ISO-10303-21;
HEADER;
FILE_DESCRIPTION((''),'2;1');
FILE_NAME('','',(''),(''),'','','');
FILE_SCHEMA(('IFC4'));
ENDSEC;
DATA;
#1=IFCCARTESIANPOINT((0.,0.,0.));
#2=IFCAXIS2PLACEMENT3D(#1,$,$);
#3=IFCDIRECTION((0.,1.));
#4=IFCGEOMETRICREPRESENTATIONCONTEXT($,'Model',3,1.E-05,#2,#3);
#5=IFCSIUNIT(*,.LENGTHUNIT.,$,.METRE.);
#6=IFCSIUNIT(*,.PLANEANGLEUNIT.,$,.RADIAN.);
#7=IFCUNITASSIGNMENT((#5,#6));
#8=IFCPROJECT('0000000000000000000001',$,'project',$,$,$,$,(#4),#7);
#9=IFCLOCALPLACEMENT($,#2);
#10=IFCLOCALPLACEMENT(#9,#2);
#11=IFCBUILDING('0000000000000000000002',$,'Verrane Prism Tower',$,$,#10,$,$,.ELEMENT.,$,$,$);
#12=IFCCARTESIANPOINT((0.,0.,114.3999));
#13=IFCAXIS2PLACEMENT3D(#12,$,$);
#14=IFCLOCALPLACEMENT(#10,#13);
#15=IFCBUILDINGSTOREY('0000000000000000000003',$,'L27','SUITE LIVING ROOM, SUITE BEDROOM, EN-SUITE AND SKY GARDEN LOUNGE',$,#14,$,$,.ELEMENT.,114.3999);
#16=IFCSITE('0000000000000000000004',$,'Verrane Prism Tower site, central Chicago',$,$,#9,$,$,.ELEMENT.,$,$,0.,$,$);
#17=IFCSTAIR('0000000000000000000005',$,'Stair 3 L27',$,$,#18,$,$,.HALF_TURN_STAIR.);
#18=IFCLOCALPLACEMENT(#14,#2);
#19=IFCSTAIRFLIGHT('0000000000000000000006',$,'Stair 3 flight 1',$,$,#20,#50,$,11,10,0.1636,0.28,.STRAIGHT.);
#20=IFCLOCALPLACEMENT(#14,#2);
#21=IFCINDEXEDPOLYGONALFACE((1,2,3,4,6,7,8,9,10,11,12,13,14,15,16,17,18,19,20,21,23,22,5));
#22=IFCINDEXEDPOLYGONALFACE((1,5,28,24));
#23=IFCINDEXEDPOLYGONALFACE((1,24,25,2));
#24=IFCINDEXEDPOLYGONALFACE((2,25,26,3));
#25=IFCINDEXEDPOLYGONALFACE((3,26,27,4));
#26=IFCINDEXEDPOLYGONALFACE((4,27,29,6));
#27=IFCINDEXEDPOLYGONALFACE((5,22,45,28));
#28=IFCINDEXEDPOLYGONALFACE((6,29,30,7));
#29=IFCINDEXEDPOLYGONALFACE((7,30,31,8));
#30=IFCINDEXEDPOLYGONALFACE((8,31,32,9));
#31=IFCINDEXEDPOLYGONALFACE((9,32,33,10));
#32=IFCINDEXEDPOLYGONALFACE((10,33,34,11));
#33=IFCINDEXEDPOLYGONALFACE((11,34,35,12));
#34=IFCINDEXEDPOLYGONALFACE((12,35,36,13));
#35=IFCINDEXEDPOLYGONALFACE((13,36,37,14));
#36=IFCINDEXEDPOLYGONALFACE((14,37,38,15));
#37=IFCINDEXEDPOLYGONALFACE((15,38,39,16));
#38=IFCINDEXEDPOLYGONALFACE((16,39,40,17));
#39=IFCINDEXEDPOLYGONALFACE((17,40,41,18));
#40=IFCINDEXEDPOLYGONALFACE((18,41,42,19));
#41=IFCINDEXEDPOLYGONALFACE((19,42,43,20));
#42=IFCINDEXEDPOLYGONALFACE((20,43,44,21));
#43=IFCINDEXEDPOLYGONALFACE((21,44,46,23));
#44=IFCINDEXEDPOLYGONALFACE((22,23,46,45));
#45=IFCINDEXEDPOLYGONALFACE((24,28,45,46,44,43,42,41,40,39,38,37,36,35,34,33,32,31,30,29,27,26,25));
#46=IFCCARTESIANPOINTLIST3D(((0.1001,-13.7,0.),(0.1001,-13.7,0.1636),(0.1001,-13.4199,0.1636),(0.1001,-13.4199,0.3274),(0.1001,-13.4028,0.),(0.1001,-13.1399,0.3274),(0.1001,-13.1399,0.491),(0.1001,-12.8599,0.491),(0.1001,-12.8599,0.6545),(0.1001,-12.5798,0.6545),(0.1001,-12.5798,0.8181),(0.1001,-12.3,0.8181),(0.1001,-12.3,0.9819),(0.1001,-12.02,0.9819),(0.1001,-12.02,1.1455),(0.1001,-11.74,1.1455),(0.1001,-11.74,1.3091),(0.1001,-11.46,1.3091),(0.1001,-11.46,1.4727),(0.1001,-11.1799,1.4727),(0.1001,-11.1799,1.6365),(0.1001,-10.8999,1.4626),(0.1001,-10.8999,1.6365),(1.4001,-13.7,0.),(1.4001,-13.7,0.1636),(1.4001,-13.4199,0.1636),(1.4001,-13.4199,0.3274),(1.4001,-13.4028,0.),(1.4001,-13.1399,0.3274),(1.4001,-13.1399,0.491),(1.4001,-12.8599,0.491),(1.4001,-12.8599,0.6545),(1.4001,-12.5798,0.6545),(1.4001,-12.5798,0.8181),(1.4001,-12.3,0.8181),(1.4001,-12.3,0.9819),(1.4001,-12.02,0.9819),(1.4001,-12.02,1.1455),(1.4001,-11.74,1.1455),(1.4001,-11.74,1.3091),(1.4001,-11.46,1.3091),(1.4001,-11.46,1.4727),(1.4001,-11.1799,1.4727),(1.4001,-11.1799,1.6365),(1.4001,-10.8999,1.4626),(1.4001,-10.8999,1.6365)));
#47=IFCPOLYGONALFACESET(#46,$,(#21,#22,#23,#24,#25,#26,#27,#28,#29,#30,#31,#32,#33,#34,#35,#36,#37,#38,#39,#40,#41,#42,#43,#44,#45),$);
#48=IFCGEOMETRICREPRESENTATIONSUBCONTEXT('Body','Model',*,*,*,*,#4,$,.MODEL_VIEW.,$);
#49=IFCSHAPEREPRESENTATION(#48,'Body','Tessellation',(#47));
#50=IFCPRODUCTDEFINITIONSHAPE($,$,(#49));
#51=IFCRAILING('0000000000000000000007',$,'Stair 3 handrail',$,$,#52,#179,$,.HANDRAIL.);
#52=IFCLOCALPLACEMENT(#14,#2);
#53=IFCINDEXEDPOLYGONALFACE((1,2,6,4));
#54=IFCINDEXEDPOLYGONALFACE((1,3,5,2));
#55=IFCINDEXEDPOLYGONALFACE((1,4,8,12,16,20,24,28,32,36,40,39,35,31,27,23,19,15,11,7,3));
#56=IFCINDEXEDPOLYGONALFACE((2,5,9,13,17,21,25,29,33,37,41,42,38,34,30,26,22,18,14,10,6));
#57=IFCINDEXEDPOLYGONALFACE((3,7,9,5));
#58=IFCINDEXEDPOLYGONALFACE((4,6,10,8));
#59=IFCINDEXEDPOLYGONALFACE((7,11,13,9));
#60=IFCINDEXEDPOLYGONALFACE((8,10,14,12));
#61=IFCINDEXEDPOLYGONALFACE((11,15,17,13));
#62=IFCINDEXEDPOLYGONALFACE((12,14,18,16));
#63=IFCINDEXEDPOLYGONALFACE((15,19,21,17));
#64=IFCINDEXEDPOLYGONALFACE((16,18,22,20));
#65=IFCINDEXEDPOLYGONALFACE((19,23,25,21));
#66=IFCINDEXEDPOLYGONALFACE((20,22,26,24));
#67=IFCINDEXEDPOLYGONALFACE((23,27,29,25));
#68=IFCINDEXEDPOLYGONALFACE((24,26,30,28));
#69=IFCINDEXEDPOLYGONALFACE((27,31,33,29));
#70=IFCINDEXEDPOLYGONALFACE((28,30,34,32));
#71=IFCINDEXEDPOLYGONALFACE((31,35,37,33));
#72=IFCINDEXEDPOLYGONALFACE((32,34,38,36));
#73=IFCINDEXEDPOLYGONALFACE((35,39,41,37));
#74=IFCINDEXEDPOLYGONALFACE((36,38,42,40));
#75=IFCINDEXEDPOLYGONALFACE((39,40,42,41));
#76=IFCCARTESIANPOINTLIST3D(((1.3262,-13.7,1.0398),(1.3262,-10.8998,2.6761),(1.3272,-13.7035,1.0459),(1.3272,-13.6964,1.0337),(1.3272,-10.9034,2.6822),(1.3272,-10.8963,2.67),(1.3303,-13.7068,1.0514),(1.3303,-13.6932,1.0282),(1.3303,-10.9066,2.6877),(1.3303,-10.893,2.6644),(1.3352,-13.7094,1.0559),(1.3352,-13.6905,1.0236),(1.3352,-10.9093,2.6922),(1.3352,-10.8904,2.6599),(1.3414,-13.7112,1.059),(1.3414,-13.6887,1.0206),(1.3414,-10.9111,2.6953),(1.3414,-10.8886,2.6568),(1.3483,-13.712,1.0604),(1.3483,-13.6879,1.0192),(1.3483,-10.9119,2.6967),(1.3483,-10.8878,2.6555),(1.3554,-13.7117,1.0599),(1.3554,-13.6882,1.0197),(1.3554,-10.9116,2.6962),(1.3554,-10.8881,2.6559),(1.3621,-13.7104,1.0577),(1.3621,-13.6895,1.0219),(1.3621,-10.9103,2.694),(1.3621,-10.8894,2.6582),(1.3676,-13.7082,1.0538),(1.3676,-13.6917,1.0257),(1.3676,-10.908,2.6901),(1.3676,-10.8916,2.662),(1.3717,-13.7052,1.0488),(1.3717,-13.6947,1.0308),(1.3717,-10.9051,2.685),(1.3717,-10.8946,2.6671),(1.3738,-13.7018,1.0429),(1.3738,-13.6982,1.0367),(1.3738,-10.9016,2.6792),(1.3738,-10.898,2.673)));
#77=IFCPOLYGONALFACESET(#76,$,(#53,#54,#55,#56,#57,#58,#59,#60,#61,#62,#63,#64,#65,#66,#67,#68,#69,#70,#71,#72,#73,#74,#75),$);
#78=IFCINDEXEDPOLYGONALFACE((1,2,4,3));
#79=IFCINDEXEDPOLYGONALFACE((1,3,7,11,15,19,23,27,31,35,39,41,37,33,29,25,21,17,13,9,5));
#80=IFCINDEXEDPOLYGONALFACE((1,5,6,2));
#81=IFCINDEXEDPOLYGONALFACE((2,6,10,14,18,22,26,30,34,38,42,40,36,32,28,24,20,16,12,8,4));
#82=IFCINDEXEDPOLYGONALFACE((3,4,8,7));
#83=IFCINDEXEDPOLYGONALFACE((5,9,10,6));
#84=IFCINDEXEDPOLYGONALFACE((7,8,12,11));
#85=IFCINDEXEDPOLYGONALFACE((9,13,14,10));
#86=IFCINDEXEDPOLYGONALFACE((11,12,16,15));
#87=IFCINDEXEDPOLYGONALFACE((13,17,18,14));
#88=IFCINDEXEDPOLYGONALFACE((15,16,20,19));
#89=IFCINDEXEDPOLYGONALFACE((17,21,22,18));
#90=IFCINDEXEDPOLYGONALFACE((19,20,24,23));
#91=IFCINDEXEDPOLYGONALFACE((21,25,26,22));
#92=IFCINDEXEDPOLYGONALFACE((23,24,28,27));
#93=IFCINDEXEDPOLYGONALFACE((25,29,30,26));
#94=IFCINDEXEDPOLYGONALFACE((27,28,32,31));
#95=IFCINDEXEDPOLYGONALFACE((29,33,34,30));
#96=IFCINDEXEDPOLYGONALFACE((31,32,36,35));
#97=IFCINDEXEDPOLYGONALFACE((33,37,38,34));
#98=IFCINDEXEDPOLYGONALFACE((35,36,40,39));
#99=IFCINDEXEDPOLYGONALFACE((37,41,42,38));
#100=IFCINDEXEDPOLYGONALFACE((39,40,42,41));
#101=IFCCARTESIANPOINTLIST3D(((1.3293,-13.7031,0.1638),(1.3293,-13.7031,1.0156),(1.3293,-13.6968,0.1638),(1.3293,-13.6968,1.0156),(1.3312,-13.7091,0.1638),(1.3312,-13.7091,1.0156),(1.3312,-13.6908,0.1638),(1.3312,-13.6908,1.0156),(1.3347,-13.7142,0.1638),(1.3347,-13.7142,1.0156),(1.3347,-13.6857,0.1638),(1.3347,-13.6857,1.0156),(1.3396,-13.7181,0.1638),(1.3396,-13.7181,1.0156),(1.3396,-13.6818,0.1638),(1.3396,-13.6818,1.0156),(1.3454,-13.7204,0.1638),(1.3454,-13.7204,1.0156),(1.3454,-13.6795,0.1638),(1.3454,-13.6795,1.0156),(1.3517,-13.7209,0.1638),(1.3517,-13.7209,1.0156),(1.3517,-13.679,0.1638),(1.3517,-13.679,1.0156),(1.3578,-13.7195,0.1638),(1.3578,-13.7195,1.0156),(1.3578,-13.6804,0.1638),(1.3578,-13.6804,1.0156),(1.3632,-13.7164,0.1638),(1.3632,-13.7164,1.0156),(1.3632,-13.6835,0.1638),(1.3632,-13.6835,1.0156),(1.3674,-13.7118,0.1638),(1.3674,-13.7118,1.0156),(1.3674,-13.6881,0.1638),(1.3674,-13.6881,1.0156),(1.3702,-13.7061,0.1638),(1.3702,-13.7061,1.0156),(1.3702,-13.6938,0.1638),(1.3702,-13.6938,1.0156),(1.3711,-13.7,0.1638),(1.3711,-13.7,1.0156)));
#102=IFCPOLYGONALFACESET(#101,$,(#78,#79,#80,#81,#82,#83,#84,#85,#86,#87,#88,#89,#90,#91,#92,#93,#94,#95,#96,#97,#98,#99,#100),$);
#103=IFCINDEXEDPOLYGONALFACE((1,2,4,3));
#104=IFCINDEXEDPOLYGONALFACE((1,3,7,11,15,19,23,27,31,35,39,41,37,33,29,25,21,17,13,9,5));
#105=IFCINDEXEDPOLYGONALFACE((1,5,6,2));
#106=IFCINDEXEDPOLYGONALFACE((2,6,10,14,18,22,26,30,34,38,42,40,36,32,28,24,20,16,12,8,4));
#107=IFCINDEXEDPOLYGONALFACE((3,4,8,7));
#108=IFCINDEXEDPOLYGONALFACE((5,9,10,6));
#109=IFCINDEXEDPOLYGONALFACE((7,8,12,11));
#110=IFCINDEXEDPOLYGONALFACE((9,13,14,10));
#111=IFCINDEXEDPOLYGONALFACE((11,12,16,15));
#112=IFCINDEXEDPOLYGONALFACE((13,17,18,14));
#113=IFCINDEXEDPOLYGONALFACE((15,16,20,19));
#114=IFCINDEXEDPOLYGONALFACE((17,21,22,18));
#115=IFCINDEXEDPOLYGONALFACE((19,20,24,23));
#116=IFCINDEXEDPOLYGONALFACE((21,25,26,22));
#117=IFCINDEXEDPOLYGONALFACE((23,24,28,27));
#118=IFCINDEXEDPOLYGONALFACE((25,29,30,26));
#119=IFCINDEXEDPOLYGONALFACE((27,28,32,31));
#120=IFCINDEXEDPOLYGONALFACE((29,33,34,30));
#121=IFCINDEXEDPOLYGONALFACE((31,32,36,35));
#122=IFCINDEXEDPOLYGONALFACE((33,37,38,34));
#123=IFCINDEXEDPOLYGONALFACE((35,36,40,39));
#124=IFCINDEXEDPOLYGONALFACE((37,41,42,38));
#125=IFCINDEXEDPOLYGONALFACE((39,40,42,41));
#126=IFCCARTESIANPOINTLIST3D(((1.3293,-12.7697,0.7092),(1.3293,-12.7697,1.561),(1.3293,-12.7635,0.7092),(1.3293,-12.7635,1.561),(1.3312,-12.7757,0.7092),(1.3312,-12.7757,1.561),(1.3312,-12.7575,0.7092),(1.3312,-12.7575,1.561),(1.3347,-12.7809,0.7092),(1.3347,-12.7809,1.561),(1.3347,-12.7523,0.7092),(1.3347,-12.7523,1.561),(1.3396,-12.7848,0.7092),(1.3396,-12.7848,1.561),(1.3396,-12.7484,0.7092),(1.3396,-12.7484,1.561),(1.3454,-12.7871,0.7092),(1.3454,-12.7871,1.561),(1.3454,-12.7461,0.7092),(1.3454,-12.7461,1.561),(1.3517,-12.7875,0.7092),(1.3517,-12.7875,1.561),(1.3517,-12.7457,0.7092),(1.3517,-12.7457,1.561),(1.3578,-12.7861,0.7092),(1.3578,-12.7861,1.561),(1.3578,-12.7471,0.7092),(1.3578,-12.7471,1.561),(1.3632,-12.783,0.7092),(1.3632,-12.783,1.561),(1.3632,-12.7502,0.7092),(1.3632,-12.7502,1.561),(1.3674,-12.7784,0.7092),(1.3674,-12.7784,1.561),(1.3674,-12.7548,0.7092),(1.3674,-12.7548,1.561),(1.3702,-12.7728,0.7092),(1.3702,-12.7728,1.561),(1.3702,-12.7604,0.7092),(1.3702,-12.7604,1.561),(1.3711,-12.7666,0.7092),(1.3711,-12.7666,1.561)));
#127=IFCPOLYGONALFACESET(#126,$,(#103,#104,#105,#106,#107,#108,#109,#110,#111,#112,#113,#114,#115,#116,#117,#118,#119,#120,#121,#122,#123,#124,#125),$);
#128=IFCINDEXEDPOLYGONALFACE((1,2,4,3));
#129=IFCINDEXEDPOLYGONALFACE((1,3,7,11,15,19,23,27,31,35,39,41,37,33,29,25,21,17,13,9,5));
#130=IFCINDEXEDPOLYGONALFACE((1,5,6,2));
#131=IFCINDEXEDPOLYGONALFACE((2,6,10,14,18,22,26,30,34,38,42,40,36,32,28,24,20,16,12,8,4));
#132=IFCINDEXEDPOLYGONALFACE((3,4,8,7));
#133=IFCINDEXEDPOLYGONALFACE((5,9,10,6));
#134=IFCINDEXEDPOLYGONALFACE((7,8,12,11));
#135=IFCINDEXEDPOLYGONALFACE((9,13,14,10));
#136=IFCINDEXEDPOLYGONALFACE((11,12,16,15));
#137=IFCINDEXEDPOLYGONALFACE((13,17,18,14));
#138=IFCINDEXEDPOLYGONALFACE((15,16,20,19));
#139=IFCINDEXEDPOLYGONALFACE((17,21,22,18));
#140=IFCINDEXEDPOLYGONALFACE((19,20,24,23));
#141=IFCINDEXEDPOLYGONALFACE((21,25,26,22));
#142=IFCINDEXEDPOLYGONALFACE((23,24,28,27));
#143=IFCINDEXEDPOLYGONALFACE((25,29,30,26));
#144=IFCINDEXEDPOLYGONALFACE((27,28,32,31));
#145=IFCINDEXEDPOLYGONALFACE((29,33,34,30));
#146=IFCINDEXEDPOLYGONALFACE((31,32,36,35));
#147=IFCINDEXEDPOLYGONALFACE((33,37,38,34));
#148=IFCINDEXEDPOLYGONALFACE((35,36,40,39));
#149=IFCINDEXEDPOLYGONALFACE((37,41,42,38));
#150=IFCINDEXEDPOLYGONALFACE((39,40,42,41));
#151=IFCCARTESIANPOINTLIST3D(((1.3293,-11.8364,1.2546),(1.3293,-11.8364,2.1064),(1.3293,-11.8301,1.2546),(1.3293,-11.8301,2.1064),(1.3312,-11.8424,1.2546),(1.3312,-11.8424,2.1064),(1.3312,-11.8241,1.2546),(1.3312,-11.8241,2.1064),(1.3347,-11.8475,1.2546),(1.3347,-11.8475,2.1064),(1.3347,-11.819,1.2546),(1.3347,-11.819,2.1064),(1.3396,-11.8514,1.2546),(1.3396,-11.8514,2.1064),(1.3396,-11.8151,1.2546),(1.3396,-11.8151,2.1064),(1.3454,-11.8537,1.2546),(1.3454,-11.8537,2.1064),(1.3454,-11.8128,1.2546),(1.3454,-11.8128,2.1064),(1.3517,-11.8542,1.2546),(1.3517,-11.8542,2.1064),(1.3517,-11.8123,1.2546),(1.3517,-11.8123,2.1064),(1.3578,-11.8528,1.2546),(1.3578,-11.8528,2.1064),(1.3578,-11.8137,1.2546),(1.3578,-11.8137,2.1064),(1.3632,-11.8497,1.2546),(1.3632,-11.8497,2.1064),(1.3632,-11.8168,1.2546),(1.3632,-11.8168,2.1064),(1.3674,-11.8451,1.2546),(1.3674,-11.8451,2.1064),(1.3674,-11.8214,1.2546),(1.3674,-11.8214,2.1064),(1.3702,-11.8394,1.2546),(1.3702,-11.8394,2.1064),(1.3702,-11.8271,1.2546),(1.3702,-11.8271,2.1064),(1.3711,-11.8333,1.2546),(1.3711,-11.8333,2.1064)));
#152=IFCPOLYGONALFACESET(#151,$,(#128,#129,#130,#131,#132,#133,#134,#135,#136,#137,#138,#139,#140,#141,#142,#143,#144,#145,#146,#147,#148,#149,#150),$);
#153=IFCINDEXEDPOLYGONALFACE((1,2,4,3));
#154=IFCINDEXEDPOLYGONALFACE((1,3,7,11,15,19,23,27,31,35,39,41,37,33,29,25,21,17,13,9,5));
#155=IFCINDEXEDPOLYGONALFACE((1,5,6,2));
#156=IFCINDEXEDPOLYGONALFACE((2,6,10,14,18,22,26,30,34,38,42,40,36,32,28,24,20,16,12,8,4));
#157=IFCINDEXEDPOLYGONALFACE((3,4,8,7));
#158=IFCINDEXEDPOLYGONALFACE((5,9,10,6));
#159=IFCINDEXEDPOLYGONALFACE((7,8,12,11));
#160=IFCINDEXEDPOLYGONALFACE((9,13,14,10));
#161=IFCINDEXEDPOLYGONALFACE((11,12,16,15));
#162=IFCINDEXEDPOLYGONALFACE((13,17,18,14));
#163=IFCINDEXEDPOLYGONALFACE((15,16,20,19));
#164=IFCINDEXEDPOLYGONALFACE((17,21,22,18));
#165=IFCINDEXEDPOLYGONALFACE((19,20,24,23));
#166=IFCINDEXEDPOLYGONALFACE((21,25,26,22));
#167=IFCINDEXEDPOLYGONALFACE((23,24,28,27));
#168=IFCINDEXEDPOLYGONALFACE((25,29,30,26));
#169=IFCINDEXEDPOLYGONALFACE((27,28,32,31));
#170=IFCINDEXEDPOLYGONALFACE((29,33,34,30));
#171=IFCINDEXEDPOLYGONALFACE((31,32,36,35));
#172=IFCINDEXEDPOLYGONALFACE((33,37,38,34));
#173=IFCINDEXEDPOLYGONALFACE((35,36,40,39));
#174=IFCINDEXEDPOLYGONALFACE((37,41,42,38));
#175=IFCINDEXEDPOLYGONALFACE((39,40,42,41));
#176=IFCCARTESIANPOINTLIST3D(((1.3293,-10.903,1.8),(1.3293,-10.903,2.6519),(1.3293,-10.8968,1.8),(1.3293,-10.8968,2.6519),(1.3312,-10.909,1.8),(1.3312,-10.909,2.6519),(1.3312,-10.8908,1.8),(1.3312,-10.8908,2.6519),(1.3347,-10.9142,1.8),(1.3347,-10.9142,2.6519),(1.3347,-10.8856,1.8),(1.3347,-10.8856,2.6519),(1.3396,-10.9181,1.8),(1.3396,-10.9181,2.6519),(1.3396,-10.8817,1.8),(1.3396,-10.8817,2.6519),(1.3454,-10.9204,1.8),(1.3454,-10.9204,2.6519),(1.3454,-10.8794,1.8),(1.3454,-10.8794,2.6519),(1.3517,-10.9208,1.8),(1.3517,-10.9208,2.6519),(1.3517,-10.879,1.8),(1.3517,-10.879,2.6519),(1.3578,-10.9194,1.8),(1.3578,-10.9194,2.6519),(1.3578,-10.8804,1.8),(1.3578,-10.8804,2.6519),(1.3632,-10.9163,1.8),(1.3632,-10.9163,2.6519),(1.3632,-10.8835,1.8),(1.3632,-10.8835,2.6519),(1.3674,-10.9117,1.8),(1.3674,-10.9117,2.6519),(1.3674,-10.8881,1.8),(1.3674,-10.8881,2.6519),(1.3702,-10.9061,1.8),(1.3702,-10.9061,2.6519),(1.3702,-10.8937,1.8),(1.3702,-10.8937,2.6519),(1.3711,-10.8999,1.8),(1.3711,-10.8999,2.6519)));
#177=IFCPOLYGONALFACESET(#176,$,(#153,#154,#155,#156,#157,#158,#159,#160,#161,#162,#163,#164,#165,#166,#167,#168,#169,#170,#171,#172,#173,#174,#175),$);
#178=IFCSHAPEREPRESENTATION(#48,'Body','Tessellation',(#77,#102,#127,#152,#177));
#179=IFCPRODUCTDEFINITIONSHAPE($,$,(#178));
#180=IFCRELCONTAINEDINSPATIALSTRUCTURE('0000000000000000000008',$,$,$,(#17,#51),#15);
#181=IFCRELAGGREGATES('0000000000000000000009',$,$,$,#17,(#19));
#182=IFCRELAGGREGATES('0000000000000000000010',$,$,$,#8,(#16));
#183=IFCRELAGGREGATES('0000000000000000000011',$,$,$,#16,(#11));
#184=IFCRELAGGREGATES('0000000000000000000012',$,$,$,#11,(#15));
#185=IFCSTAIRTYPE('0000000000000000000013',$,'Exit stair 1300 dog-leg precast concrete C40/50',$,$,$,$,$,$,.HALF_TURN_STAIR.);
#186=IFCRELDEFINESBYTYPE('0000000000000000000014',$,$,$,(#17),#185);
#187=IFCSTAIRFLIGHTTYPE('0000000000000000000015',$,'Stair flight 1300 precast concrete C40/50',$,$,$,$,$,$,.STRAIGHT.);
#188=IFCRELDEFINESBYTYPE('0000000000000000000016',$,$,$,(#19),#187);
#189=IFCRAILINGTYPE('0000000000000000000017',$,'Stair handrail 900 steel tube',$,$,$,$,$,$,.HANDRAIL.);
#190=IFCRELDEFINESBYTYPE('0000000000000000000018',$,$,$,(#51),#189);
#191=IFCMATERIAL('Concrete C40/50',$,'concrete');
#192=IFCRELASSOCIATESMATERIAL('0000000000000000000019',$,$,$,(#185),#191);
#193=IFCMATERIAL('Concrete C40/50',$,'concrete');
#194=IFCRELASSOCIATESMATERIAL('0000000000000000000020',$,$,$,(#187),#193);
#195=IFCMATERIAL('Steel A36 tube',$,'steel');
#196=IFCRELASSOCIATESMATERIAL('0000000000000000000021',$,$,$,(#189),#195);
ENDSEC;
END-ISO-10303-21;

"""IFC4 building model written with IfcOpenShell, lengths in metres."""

from ifc_helpers import new_model, si_unit, direction, frame, origin, origin_2d, place, context, subcontext, project, spatial, polyline, circle, outline, extrude, material, type_object, element, aggregate, save


model = new_model("IFC4")

# Units and contexts
model_context = context("Model", 3, precision=1e-05, world=origin(), true_north=direction((0.0, 1.0)))
body_context = subcontext(model_context, "Body", "Model", "MODEL_VIEW")
ifc_project = project(units=[si_unit("LENGTHUNIT", "METRE"), si_unit("PLANEANGLEUNIT", "RADIAN")], contexts=[model_context])

# Site, building, storey
site_placement = place(None, origin())
site = spatial("IfcSite", under=ifc_project, at=site_placement, Name="Verrane Prism Tower site, central Chicago", CompositionType="ELEMENT", RefElevation=0.0)
building_placement = place(site_placement, origin())
building = spatial("IfcBuilding", under=site, at=building_placement, Name="Verrane Prism Tower", CompositionType="ELEMENT")
storey_placement = place(building_placement, frame((0.0, 0.0, 114.3999)))
storey = spatial("IfcBuildingStorey", under=building, at=storey_placement, Name="L27", Description="SUITE LIVING ROOM, SUITE BEDROOM, EN-SUITE AND SKY GARDEN LOUNGE", CompositionType="ELEMENT", Elevation=114.3999)

# Stair, stair flight
ifc_material_1 = material(Name="Concrete C40/50", Category="concrete")
stair_type = type_object("IfcStairType", Name="Exit stair 1300 dog-leg precast concrete C40/50", PredefinedType="HALF_TURN_STAIR", material=ifc_material_1)
stair_placement = place(storey_placement, origin())
stair = element("IfcStair", 1, at=stair_placement, inside=storey, type_object=stair_type, Name="Stair 3 L27", PredefinedType="HALF_TURN_STAIR")
ifc_material_2 = material(Name="Concrete C40/50", Category="concrete")
stair_flight_type = type_object("IfcStairFlightType", Name="Stair flight 1300 precast concrete C40/50", PredefinedType="STRAIGHT", material=ifc_material_2)
stair_flight_placement = place(storey_placement, frame((0.75, -13.7, 0.0), z_axis=(0.0, 0.0, 1.0), x_axis=(0.0, 1.0, 0.0)))
stair_flight = element("IfcStairFlight", 2, at=stair_flight_placement, type_object=stair_flight_type, Name="Stair 3 flight 1", NumberOfRisers=11, NumberOfTreads=10, PredefinedType="STRAIGHT", RiserHeight=0.1636, TreadLength=0.28, context=body_context, shape_type="SweptSolid", body=[
    extrude(outline(polyline([(0.0, 0.0), (0.0, 0.1636), (0.28, 0.1636), (0.28, 0.3274), (0.5601, 0.3274), (0.5601, 0.491), (0.8401, 0.491), (0.8401, 0.6545), (1.1201, 0.6545), (1.1201, 0.8181), (1.3999, 0.8181), (1.3999, 0.9819), (1.6799, 0.9819), (1.6799, 1.1455), (1.96, 1.1455), (1.96, 1.3091), (2.24, 1.3091), (2.24, 1.4727), (2.52, 1.4727), (2.52, 1.6365), (2.8, 1.6365), (2.8, 1.8), (2.8, 1.4626), (0.2971, 0.0), (0.0, 0.0)])), frame((0.0, 0.6499, 0.0), z_axis=(0.0, -1.0, 0.0), x_axis=(1.0, 0.0, 0.0)), (0.0, 0.0, 1.0), 1.3),
])
aggregate(stair, [stair_flight])

# Railing
ifc_material_3 = material(Name="Steel A36 tube", Category="steel")
railing_type_1 = type_object("IfcRailingType", Name="Stair handrail 900 steel tube", PredefinedType="HANDRAIL", material=ifc_material_3)
railing_1_placement = place(storey_placement, frame((1.3501, -13.7, 0.1638)))
element("IfcRailing", 3, at=railing_1_placement, inside=storey, type_object=railing_type_1, Name="Stair 3 handrail", PredefinedType="HANDRAIL", context=body_context, shape_type="SweptSolid", body=[
    extrude(circle(Radius=0.0239, at=origin_2d()), frame((0.0, 0.0, 0.876), z_axis=(0.0, 0.863394, 0.504531), x_axis=(-1.0, 0.0, 0.0)), (0.0, 0.0, 1.0), 3.2432),
    extrude(circle(Radius=0.021, at=origin_2d()), origin(), (0.0, 0.0, 1.0), 0.8518),
    extrude(circle(Radius=0.021, at=origin_2d()), frame((0.0, 0.9333, 0.5454)), (0.0, 0.0, 1.0), 0.8518),
    extrude(circle(Radius=0.021, at=origin_2d()), frame((0.0, 1.8667, 1.0908)), (0.0, 0.0, 1.0), 0.8518),
    extrude(circle(Radius=0.021, at=origin_2d()), frame((0.0, 2.8, 1.6362)), (0.0, 0.0, 1.0), 0.8518),
])

save(model, "model.ifc")
